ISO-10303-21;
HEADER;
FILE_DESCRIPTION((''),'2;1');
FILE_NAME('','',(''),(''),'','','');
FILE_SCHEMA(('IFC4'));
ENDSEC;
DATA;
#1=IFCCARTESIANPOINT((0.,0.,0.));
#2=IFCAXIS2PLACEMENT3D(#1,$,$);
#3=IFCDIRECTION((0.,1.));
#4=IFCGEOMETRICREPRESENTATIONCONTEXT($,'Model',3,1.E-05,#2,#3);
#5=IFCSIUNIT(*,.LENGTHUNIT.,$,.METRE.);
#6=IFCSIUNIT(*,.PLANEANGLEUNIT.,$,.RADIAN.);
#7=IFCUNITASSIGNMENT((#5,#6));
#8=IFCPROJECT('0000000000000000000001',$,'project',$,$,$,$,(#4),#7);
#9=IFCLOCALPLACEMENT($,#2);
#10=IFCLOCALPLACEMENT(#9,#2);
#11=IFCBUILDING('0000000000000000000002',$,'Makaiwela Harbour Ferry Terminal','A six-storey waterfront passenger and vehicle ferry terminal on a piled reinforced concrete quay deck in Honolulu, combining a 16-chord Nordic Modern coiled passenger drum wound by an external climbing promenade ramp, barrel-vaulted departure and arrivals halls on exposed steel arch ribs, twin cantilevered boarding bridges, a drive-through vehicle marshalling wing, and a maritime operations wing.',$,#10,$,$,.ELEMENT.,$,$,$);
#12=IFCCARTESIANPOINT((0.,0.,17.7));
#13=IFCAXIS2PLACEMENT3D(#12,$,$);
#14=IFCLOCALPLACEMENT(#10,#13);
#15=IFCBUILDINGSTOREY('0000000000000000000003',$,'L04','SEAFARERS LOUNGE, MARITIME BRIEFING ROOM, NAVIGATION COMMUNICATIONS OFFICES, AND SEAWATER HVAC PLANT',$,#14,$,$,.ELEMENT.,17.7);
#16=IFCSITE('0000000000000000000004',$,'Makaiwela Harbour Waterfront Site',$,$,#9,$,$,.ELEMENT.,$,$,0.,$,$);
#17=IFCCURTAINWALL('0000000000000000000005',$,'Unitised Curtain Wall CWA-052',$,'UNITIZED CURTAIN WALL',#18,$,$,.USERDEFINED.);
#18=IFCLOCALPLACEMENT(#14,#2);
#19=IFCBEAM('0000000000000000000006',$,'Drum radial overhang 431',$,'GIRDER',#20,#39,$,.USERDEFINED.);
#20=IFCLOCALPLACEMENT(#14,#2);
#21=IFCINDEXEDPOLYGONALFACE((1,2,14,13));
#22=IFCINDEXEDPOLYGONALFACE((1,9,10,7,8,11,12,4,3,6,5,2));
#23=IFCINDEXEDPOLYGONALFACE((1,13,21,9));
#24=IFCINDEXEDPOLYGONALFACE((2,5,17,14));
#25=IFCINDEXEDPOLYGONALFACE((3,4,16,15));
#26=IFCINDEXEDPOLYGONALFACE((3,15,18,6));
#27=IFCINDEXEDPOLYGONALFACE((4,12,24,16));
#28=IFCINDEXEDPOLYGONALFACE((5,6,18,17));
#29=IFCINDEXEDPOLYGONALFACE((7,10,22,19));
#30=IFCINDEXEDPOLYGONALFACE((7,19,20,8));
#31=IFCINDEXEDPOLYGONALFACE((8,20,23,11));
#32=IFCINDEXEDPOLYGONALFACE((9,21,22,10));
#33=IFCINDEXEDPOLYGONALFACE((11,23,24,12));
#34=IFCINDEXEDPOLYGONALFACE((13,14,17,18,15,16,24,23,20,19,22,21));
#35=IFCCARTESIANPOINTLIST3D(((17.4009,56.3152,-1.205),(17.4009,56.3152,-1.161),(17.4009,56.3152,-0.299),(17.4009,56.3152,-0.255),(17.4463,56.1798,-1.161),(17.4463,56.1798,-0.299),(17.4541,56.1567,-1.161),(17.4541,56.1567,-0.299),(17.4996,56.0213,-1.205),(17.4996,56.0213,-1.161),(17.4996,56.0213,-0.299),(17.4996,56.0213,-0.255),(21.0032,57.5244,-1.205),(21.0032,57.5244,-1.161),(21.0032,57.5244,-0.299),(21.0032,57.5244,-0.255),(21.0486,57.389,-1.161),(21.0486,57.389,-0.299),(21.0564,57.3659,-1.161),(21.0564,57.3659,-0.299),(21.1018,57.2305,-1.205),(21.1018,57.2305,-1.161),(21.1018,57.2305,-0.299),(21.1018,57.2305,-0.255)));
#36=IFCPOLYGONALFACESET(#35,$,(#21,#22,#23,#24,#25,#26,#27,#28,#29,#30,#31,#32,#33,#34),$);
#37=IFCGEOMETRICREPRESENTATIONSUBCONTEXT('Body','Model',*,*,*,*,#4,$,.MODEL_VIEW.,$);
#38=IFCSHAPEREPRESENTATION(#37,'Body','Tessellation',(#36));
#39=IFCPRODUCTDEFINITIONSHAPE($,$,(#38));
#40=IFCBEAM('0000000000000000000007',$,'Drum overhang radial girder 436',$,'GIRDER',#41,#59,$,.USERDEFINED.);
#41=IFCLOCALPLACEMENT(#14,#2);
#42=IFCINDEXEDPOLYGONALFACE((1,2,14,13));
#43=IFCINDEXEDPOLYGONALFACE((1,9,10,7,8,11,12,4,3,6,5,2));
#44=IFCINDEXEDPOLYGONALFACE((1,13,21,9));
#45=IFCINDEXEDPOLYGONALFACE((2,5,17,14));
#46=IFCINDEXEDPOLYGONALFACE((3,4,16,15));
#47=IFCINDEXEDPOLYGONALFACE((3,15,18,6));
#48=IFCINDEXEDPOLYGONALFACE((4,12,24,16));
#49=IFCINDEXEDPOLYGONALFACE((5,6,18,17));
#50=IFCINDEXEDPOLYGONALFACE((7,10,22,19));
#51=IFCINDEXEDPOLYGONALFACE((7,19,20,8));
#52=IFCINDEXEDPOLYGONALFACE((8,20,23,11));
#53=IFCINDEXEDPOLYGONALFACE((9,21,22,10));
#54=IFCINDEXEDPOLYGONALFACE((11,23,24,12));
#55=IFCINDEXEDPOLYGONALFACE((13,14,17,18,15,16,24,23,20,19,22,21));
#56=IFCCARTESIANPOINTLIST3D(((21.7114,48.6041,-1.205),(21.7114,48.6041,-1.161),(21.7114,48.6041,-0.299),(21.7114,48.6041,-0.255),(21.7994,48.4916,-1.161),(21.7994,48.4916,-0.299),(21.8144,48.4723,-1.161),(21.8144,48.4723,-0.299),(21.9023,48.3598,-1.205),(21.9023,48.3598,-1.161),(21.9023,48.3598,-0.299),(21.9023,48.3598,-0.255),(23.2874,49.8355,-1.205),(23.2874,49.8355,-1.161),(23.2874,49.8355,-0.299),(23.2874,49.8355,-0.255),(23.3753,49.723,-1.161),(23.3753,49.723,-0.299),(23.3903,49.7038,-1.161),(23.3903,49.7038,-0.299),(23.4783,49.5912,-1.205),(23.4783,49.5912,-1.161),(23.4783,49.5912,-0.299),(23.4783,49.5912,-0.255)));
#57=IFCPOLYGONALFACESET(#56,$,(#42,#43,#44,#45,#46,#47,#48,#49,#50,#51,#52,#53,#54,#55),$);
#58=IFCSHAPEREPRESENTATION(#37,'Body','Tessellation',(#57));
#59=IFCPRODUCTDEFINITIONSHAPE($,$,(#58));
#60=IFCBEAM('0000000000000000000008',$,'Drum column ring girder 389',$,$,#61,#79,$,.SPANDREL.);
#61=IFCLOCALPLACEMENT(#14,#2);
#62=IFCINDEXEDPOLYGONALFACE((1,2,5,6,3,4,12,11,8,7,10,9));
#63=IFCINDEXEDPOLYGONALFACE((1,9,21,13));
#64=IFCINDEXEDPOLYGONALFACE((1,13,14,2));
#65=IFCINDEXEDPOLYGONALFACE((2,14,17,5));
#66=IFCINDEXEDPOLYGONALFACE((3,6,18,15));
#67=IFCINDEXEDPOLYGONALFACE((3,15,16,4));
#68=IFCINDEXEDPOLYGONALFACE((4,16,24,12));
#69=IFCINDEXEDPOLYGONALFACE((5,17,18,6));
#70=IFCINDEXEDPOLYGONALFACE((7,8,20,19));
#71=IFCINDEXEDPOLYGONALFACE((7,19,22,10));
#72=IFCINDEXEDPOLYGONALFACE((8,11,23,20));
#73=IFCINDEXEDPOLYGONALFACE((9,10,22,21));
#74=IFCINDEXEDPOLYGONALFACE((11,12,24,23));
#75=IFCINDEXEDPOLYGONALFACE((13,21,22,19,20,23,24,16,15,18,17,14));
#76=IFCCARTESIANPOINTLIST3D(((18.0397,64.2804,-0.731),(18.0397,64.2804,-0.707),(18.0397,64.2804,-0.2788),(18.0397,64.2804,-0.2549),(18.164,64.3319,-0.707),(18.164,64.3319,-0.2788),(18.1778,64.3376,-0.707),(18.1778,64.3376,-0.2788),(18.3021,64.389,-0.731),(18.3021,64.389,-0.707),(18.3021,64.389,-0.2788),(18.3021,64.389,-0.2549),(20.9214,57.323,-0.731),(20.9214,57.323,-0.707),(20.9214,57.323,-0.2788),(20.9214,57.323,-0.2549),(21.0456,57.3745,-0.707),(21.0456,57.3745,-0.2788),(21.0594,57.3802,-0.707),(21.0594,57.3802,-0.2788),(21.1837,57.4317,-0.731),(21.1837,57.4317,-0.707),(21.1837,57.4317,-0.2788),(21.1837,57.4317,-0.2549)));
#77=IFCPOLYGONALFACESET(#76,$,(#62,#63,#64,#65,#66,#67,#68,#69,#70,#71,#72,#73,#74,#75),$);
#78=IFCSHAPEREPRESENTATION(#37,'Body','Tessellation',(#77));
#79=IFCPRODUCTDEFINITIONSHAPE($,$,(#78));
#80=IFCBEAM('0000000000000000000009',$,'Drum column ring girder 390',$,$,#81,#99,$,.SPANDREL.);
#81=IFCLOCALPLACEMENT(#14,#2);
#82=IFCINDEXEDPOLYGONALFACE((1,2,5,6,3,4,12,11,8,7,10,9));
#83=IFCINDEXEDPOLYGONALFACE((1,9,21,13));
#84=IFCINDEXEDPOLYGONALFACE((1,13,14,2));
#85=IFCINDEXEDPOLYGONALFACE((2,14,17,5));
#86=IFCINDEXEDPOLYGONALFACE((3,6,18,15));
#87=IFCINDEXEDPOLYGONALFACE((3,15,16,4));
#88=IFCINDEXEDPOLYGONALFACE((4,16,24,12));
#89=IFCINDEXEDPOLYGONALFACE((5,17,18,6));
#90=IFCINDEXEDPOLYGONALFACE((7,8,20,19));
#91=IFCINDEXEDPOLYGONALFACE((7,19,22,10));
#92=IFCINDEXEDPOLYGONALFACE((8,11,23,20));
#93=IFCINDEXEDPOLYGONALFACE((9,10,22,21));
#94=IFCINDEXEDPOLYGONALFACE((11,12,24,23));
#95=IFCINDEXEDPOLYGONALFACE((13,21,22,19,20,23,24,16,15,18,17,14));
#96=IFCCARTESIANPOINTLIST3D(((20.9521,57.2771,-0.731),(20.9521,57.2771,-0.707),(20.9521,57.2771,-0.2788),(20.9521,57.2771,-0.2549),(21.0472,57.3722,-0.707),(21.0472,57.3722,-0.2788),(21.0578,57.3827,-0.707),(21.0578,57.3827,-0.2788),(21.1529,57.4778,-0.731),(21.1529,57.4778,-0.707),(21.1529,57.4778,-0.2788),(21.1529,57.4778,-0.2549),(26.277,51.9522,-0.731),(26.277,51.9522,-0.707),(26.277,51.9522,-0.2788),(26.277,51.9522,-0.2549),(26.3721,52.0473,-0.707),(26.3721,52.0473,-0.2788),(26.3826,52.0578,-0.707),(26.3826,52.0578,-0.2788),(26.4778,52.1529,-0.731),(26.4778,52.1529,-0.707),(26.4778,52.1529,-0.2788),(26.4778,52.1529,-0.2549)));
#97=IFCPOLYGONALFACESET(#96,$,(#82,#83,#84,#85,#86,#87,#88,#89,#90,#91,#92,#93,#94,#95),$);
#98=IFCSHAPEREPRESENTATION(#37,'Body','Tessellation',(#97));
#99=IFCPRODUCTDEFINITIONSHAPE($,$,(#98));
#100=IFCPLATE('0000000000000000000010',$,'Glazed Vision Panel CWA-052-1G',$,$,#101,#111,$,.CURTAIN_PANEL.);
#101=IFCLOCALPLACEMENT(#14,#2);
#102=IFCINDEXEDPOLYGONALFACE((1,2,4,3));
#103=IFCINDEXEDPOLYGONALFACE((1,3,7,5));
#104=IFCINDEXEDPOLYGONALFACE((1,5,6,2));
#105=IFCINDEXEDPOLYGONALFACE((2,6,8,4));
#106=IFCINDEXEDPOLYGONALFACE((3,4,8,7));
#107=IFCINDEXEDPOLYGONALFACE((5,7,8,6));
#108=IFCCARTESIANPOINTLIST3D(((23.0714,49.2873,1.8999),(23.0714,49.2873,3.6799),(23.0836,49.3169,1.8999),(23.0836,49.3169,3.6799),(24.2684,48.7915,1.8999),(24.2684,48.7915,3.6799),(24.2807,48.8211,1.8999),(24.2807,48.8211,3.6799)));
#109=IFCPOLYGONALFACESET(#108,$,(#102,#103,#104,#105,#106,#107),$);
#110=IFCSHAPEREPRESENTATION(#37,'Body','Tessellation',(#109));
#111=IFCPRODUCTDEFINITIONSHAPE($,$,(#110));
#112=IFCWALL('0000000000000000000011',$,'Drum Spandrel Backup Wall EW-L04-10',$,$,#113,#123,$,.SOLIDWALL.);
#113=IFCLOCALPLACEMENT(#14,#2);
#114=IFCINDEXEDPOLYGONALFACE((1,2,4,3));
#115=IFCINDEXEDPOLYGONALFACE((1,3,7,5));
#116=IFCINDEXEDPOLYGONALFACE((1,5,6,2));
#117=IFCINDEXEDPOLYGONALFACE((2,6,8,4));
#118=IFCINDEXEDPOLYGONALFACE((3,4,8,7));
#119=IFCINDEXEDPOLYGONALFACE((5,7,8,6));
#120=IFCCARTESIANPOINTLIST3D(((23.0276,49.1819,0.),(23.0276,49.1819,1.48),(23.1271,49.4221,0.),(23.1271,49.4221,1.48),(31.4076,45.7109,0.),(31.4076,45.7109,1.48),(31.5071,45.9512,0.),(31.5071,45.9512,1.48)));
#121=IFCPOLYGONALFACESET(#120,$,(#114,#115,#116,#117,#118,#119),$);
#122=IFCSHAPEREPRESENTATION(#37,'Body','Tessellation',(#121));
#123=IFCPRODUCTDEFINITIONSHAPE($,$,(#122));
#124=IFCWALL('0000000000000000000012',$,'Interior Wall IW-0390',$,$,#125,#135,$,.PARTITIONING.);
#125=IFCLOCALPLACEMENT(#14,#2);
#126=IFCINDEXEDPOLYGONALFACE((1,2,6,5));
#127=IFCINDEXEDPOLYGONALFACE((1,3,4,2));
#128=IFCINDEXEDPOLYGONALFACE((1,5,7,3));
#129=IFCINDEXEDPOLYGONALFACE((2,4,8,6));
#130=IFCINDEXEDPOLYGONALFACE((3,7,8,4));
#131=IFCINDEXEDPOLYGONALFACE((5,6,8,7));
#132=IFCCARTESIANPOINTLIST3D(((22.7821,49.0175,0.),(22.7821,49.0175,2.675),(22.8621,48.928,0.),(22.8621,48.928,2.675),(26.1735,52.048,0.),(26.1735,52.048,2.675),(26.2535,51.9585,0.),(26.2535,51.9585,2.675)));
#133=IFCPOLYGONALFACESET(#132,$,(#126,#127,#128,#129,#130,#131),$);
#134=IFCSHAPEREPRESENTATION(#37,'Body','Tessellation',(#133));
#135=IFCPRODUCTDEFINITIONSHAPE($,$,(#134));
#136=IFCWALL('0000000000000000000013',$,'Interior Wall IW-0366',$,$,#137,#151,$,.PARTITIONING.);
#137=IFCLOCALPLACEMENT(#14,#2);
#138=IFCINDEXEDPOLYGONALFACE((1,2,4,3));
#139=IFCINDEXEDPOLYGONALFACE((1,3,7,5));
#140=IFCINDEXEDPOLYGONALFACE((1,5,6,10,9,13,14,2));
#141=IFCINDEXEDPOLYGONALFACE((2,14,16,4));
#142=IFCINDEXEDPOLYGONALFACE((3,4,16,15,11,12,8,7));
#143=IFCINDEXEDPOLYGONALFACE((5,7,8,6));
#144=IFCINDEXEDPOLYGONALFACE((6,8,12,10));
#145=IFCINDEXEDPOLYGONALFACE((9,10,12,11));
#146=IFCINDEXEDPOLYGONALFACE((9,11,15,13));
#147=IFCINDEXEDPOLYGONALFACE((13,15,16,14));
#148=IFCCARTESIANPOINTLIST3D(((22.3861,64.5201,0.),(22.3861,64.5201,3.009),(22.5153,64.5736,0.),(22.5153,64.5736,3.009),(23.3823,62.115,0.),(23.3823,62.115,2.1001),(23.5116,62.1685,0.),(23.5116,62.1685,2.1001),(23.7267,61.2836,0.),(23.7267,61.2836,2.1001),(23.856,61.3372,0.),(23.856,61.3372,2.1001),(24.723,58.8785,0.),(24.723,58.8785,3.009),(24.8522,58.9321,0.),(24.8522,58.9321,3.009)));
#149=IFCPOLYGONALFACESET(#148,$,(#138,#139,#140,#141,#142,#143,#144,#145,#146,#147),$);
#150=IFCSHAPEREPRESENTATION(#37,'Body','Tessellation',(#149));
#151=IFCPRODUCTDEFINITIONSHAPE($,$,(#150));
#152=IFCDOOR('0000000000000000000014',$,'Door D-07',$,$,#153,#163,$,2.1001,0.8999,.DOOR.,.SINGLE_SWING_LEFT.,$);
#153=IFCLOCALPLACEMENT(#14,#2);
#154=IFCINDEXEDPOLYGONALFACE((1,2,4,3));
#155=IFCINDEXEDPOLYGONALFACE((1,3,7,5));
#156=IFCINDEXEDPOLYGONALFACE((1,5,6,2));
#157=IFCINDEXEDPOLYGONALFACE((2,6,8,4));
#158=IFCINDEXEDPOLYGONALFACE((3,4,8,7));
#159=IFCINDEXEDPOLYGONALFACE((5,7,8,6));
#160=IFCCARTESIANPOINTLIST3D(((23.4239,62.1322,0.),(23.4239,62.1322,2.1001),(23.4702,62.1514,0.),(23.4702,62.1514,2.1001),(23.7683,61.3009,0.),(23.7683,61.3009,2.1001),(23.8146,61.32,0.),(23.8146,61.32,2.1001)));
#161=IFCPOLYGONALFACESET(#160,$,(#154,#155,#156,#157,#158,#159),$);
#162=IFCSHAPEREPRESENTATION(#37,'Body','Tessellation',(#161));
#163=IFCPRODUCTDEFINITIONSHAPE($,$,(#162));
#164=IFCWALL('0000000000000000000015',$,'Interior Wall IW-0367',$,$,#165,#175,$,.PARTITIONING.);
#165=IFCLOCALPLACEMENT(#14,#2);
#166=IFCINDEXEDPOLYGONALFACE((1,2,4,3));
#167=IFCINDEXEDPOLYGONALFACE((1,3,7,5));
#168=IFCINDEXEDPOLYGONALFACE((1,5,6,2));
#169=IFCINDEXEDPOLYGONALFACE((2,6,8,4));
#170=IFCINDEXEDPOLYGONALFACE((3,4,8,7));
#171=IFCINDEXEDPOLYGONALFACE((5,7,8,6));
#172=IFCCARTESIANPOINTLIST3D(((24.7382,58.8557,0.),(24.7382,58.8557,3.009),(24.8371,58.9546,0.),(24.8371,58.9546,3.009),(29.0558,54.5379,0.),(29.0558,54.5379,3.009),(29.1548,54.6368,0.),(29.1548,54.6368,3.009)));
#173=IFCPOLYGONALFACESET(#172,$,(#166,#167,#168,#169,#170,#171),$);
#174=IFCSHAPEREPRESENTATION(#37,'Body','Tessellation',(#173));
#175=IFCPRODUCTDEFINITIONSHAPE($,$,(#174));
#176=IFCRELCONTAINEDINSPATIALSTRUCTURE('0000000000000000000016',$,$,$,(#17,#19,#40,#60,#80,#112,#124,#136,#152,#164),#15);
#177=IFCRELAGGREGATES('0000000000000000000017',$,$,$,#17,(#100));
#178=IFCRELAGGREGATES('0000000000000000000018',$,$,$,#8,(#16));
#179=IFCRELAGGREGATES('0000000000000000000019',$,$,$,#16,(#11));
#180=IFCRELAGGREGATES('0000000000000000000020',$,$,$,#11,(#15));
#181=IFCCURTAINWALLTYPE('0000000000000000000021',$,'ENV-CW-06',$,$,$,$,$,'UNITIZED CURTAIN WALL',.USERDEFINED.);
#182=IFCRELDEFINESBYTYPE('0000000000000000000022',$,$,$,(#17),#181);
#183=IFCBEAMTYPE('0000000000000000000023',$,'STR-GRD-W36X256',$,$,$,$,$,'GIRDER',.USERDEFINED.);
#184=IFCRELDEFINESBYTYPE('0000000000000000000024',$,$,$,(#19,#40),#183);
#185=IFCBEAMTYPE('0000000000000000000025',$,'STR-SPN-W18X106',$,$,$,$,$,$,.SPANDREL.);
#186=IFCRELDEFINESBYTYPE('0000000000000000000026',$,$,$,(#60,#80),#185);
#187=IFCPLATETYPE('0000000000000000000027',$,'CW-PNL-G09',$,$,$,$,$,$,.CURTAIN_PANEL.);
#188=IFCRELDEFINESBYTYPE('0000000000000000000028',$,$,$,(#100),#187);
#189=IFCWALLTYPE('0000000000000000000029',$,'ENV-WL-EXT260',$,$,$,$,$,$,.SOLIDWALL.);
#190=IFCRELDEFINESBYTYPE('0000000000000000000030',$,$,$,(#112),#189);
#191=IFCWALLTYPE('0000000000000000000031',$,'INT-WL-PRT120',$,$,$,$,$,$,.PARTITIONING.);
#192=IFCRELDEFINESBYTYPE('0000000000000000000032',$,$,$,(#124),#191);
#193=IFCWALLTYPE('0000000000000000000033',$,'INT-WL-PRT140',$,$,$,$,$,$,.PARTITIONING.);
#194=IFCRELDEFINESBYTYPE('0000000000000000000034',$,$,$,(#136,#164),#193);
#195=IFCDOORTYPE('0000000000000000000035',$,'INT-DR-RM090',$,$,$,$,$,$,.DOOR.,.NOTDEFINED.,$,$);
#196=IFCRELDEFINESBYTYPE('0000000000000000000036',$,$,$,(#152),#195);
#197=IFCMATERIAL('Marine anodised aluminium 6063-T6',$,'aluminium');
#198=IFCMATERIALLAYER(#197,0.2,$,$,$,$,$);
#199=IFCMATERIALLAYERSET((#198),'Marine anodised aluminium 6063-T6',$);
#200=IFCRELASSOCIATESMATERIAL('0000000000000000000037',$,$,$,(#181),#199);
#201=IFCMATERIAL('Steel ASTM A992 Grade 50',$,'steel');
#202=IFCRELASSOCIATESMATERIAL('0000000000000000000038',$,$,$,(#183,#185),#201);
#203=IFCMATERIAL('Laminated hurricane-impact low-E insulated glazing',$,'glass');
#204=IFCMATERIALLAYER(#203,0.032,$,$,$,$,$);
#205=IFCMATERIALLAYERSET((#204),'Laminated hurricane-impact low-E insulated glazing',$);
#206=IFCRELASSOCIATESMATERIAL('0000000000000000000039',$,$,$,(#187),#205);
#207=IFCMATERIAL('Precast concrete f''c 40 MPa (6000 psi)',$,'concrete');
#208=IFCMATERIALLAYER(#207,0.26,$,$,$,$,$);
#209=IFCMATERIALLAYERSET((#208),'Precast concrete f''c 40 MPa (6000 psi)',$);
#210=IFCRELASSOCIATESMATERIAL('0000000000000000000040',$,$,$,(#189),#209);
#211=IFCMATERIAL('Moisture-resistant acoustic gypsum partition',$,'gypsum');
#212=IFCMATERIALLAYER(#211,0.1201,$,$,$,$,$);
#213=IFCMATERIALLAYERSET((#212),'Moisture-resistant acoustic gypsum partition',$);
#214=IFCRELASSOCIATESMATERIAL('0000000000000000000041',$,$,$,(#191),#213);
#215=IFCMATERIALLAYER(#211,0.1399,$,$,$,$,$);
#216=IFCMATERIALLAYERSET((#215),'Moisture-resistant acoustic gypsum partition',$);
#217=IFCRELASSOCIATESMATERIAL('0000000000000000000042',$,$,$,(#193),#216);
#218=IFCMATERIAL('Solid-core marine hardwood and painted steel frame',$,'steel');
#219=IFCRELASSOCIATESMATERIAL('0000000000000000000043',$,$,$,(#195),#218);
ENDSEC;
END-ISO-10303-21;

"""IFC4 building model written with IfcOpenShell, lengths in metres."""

from ifc_helpers import new_model, si_unit, direction, frame, frame_2d, origin, origin_2d, place, context, subcontext, project, spatial, rectangle, i_section, extrude, material, layer, layer_set, material_profile, profile_set, type_object, element, fill, aggregate, save


model = new_model("IFC4")

# Units and contexts
model_context = context("Model", 3, precision=1e-05, world=origin(), true_north=direction((0.0, 1.0)))
body_context = subcontext(model_context, "Body", "Model", "MODEL_VIEW")
ifc_project = project(units=[si_unit("LENGTHUNIT", "METRE"), si_unit("PLANEANGLEUNIT", "RADIAN")], contexts=[model_context])

# Site, building, storey
site_placement = place(None, origin())
site = spatial("IfcSite", under=ifc_project, at=site_placement, Name="Makaiwela Harbour Waterfront Site", CompositionType="ELEMENT", RefElevation=0.0)
building_placement = place(site_placement, origin())
building = spatial("IfcBuilding", under=site, at=building_placement, Name="Makaiwela Harbour Ferry Terminal", Description="A six-storey waterfront passenger and vehicle ferry terminal on a piled reinforced concrete quay deck in Honolulu, combining a 16-chord Nordic Modern coiled passenger drum wound by an external climbing promenade ramp, barrel-vaulted departure and arrivals halls on exposed steel arch ribs, twin cantilevered boarding bridges, a drive-through vehicle marshalling wing, and a maritime operations wing.", CompositionType="ELEMENT")
storey_placement = place(building_placement, frame((0.0, 0.0, 17.7)))
storey = spatial("IfcBuildingStorey", under=building, at=storey_placement, Name="L04", Description="SEAFARERS LOUNGE, MARITIME BRIEFING ROOM, NAVIGATION COMMUNICATIONS OFFICES, AND SEAWATER HVAC PLANT", CompositionType="ELEMENT", Elevation=17.7)

# Shared definitions
ifc_material_1 = material(Name="Steel ASTM A992 Grade 50", Category="steel")

# Curtain wall
ifc_material_2 = material(Name="Marine anodised aluminium 6063-T6", Category="aluminium")
ifc_layer_1 = layer(ifc_material_2, 0.2)
ifc_layer_set_1 = layer_set([ifc_layer_1], Name="Marine anodised aluminium 6063-T6")
curtain_wall_type = type_object("IfcCurtainWallType", Name="ENV-CW-06", ElementType="UNITIZED CURTAIN WALL", PredefinedType="USERDEFINED", material=ifc_layer_set_1)
curtain_wall_placement = place(storey_placement, origin())
curtain_wall = element("IfcCurtainWall", 1, at=curtain_wall_placement, inside=storey, type_object=curtain_wall_type, Name="Unitised Curtain Wall CWA-052", ObjectType="UNITIZED CURTAIN WALL", PredefinedType="USERDEFINED")

# Beams
ifc_material_profile_1 = material_profile(ifc_material_1, i_section(OverallWidth=0.3101, OverallDepth=0.95, WebThickness=0.0244, FlangeThickness=0.0439, at=origin_2d()), Name="W36X256")
ifc_profile_set_1 = profile_set([ifc_material_profile_1], Name="Steel ASTM A992 Grade 50")
beam_type_1 = type_object("IfcBeamType", Name="STR-GRD-W36X256", ElementType="GIRDER", PredefinedType="USERDEFINED", material=ifc_profile_set_1)
beam_1_placement = place(storey_placement, frame((21.0525, 57.3774, -0.73), z_axis=(-0.948013, -0.318232, 0.0), x_axis=(0.318232, -0.948013, 0.0)))
element("IfcBeam", 2, at=beam_1_placement, inside=storey, type_object=beam_type_1, Name="Drum radial overhang 431", ObjectType="GIRDER", PredefinedType="USERDEFINED", context=body_context, shape_type="SweptSolid", body=[
    extrude(i_section(OverallWidth=0.3101, OverallDepth=0.95, WebThickness=0.0244, FlangeThickness=0.0439, at=origin_2d()), origin(), (0.0, 0.0, 1.0), 3.7998),
])
beam_2_placement = place(storey_placement, frame((23.3828, 49.7134, -0.73), z_axis=(-0.787963, -0.615722, 0.0), x_axis=(0.615722, -0.787963, 0.0)))
element("IfcBeam", 3, at=beam_2_placement, inside=storey, type_object=beam_type_1, Name="Drum overhang radial girder 436", ObjectType="GIRDER", PredefinedType="USERDEFINED", context=body_context, shape_type="SweptSolid", body=[
    extrude(i_section(OverallWidth=0.3101, OverallDepth=0.95, WebThickness=0.0244, FlangeThickness=0.0439, at=origin_2d()), origin(), (0.0, 0.0, 1.0), 2.0),
])
ifc_material_profile_2 = material_profile(ifc_material_1, i_section(OverallWidth=0.2839, OverallDepth=0.4761, WebThickness=0.0149, FlangeThickness=0.0239, at=origin_2d()), Name="W18X106")
ifc_profile_set_2 = profile_set([ifc_material_profile_2], Name="Steel ASTM A992 Grade 50")
beam_type_2 = type_object("IfcBeamType", Name="STR-SPN-W18X106", PredefinedType="SPANDREL", material=ifc_profile_set_2)
for number, where, z_axis, x_axis, name in (
    (4, (18.1709, 64.3347, -0.4929), (0.38266, -0.923889, 0.0), (0.923889, 0.38266, 0.0), "Drum column ring girder 389"),
    (5, (21.0525, 57.3774, -0.4929), (0.707107, -0.707107, 0.0), (0.707107, 0.707107, 0.0), "Drum column ring girder 390"),
):
    element("IfcBeam", number, at=place(storey_placement, frame(where, z_axis=z_axis, x_axis=x_axis)), inside=storey, type_object=beam_type_2, Name=name, PredefinedType="SPANDREL", context=body_context, shape_type="SweptSolid", body=[
        extrude(i_section(OverallWidth=0.2839, OverallDepth=0.4761, WebThickness=0.0149, FlangeThickness=0.0239, at=origin_2d()), origin(), (0.0, 0.0, 1.0), 7.5305),
    ])

# Plate
ifc_material_3 = material(Name="Laminated hurricane-impact low-E insulated glazing", Category="glass")
ifc_layer_2 = layer(ifc_material_3, 0.032)
ifc_layer_set_2 = layer_set([ifc_layer_2], Name="Laminated hurricane-impact low-E insulated glazing")
plate_type = type_object("IfcPlateType", Name="CW-PNL-G09", PredefinedType="CURTAIN_PANEL", material=ifc_layer_set_2)
plate_placement = place(storey_placement, frame((23.676, 49.0542, 1.8999), z_axis=(0.0, 0.0, 1.0), x_axis=(0.92388, -0.382683, 0.0)))
plate = element("IfcPlate", 6, at=plate_placement, type_object=plate_type, Name="Glazed Vision Panel CWA-052-1G", PredefinedType="CURTAIN_PANEL", context=body_context, shape_type="SweptSolid", body=[
    extrude(rectangle(XDim=1.2957, YDim=0.032, at=origin_2d()), origin(), (0.0, 0.0, 1.0), 1.78),
])
aggregate(curtain_wall, [plate])

# Walls
ifc_material_4 = material(Name="Precast concrete f'c 40 MPa (6000 psi)", Category="concrete")
ifc_layer_3 = layer(ifc_material_4, 0.26)
ifc_layer_set_3 = layer_set([ifc_layer_3], Name="Precast concrete f'c 40 MPa (6000 psi)")
wall_type_1 = type_object("IfcWallType", Name="ENV-WL-EXT260", PredefinedType="SOLIDWALL", material=ifc_layer_set_3)
wall_1_placement = place(storey_placement, frame((23.0774, 49.302, 0.0), z_axis=(0.0, 0.0, 1.0), x_axis=(0.923884, -0.382673, 0.0)))
element("IfcWall", 7, at=wall_1_placement, inside=storey, type_object=wall_type_1, Name="Drum Spandrel Backup Wall EW-L04-10", PredefinedType="SOLIDWALL", context=body_context, shape_type="SweptSolid", body=[
    extrude(rectangle(XDim=9.0703, YDim=0.26, at=frame_2d((4.5352, 0.0))), origin(), (0.0, 0.0, 1.0), 1.48),
])
ifc_material_5 = material(Name="Moisture-resistant acoustic gypsum partition", Category="gypsum")
ifc_layer_4 = layer(ifc_material_5, 0.1201)
ifc_layer_set_4 = layer_set([ifc_layer_4], Name="Moisture-resistant acoustic gypsum partition")
wall_type_2 = type_object("IfcWallType", Name="INT-WL-PRT120", PredefinedType="PARTITIONING", material=ifc_layer_set_4)
wall_2_placement = place(storey_placement, frame((26.2134, 52.0032, 0.0), z_axis=(0.0, 0.0, 1.0), x_axis=(-0.745662, -0.666324, 0.0)))
element("IfcWall", 8, at=wall_2_placement, inside=storey, type_object=wall_type_2, Name="Interior Wall IW-0390", PredefinedType="PARTITIONING", context=body_context, shape_type="SweptSolid", body=[
    extrude(rectangle(XDim=4.5481, YDim=0.1201, at=frame_2d((2.2739, 0.0))), origin(), (0.0, 0.0, 1.0), 2.675),
])

# Wall, opening, door
ifc_layer_5 = layer(ifc_material_5, 0.1399)
ifc_layer_set_5 = layer_set([ifc_layer_5], Name="Moisture-resistant acoustic gypsum partition")
wall_type_3 = type_object("IfcWallType", Name="INT-WL-PRT140", PredefinedType="PARTITIONING", material=ifc_layer_set_5)
wall_3_placement = place(storey_placement, frame((22.4507, 64.5469, 0.0), z_axis=(0.0, 0.0, 1.0), x_axis=(0.382695, -0.923875, 0.0)))
wall_3 = element("IfcWall", 9, at=wall_3_placement, inside=storey, type_object=wall_type_3, Name="Interior Wall IW-0366", PredefinedType="PARTITIONING", context=body_context, shape_type="SweptSolid", body=[
    extrude(rectangle(XDim=6.1064, YDim=0.1399, at=frame_2d((3.0532, 0.0))), origin(), (0.0, 0.0, 1.0), 3.009),
])
opening_placement = place(wall_3_placement, frame((2.6033, 0.0, 0.0)))
opening = element("IfcOpeningElement", 10, at=opening_placement, cuts=wall_3, PredefinedType="OPENING", context=body_context, shape_type="SweptSolid", body=[
    extrude(rectangle(XDim=0.8999, YDim=2.1001, at=frame_2d((0.45, 1.05))), frame((0.0, 0.0798, 0.0), z_axis=(0.0, -1.0, 0.0), x_axis=(1.0, 0.0, 0.0)), (0.0, 0.0, 1.0), 0.1599),
])
ifc_material_6 = material(Name="Solid-core marine hardwood and painted steel frame", Category="steel")
door_type = type_object("IfcDoorType", Name="INT-DR-RM090", OperationType="NOTDEFINED", PredefinedType="DOOR", material=ifc_material_6)
door_placement = place(opening_placement, frame((0.8999, 0.0, 0.0), z_axis=(0.0, 0.0, 1.0), x_axis=(-1.0, 0.0, 0.0)))
door = element("IfcDoor", 11, at=door_placement, inside=storey, type_object=door_type, Name="Door D-07", OperationType="SINGLE_SWING_LEFT", OverallHeight=2.1001, OverallWidth=0.8999, PredefinedType="DOOR", context=body_context, shape_type="SweptSolid", body=[
    extrude(rectangle(XDim=0.8999, YDim=2.1001, at=frame_2d((0.45, 1.05))), frame((0.0, 0.0249, 0.0), z_axis=(0.0, -1.0, 0.0), x_axis=(1.0, 0.0, 0.0)), (0.0, 0.0, 1.0), 0.05),
])
fill(opening, door)

# Wall
wall_4_placement = place(storey_placement, frame((24.7876, 58.9053, 0.0), z_axis=(0.0, 0.0, 1.0), x_axis=(0.707087, -0.707127, 0.0)))
element("IfcWall", 12, at=wall_4_placement, inside=storey, type_object=wall_type_3, Name="Interior Wall IW-0367", PredefinedType="PARTITIONING", context=body_context, shape_type="SweptSolid", body=[
    extrude(rectangle(XDim=6.1062, YDim=0.1399, at=frame_2d((3.0532, 0.0))), origin(), (0.0, 0.0, 1.0), 3.009),
])

save(model, "model.ifc")
